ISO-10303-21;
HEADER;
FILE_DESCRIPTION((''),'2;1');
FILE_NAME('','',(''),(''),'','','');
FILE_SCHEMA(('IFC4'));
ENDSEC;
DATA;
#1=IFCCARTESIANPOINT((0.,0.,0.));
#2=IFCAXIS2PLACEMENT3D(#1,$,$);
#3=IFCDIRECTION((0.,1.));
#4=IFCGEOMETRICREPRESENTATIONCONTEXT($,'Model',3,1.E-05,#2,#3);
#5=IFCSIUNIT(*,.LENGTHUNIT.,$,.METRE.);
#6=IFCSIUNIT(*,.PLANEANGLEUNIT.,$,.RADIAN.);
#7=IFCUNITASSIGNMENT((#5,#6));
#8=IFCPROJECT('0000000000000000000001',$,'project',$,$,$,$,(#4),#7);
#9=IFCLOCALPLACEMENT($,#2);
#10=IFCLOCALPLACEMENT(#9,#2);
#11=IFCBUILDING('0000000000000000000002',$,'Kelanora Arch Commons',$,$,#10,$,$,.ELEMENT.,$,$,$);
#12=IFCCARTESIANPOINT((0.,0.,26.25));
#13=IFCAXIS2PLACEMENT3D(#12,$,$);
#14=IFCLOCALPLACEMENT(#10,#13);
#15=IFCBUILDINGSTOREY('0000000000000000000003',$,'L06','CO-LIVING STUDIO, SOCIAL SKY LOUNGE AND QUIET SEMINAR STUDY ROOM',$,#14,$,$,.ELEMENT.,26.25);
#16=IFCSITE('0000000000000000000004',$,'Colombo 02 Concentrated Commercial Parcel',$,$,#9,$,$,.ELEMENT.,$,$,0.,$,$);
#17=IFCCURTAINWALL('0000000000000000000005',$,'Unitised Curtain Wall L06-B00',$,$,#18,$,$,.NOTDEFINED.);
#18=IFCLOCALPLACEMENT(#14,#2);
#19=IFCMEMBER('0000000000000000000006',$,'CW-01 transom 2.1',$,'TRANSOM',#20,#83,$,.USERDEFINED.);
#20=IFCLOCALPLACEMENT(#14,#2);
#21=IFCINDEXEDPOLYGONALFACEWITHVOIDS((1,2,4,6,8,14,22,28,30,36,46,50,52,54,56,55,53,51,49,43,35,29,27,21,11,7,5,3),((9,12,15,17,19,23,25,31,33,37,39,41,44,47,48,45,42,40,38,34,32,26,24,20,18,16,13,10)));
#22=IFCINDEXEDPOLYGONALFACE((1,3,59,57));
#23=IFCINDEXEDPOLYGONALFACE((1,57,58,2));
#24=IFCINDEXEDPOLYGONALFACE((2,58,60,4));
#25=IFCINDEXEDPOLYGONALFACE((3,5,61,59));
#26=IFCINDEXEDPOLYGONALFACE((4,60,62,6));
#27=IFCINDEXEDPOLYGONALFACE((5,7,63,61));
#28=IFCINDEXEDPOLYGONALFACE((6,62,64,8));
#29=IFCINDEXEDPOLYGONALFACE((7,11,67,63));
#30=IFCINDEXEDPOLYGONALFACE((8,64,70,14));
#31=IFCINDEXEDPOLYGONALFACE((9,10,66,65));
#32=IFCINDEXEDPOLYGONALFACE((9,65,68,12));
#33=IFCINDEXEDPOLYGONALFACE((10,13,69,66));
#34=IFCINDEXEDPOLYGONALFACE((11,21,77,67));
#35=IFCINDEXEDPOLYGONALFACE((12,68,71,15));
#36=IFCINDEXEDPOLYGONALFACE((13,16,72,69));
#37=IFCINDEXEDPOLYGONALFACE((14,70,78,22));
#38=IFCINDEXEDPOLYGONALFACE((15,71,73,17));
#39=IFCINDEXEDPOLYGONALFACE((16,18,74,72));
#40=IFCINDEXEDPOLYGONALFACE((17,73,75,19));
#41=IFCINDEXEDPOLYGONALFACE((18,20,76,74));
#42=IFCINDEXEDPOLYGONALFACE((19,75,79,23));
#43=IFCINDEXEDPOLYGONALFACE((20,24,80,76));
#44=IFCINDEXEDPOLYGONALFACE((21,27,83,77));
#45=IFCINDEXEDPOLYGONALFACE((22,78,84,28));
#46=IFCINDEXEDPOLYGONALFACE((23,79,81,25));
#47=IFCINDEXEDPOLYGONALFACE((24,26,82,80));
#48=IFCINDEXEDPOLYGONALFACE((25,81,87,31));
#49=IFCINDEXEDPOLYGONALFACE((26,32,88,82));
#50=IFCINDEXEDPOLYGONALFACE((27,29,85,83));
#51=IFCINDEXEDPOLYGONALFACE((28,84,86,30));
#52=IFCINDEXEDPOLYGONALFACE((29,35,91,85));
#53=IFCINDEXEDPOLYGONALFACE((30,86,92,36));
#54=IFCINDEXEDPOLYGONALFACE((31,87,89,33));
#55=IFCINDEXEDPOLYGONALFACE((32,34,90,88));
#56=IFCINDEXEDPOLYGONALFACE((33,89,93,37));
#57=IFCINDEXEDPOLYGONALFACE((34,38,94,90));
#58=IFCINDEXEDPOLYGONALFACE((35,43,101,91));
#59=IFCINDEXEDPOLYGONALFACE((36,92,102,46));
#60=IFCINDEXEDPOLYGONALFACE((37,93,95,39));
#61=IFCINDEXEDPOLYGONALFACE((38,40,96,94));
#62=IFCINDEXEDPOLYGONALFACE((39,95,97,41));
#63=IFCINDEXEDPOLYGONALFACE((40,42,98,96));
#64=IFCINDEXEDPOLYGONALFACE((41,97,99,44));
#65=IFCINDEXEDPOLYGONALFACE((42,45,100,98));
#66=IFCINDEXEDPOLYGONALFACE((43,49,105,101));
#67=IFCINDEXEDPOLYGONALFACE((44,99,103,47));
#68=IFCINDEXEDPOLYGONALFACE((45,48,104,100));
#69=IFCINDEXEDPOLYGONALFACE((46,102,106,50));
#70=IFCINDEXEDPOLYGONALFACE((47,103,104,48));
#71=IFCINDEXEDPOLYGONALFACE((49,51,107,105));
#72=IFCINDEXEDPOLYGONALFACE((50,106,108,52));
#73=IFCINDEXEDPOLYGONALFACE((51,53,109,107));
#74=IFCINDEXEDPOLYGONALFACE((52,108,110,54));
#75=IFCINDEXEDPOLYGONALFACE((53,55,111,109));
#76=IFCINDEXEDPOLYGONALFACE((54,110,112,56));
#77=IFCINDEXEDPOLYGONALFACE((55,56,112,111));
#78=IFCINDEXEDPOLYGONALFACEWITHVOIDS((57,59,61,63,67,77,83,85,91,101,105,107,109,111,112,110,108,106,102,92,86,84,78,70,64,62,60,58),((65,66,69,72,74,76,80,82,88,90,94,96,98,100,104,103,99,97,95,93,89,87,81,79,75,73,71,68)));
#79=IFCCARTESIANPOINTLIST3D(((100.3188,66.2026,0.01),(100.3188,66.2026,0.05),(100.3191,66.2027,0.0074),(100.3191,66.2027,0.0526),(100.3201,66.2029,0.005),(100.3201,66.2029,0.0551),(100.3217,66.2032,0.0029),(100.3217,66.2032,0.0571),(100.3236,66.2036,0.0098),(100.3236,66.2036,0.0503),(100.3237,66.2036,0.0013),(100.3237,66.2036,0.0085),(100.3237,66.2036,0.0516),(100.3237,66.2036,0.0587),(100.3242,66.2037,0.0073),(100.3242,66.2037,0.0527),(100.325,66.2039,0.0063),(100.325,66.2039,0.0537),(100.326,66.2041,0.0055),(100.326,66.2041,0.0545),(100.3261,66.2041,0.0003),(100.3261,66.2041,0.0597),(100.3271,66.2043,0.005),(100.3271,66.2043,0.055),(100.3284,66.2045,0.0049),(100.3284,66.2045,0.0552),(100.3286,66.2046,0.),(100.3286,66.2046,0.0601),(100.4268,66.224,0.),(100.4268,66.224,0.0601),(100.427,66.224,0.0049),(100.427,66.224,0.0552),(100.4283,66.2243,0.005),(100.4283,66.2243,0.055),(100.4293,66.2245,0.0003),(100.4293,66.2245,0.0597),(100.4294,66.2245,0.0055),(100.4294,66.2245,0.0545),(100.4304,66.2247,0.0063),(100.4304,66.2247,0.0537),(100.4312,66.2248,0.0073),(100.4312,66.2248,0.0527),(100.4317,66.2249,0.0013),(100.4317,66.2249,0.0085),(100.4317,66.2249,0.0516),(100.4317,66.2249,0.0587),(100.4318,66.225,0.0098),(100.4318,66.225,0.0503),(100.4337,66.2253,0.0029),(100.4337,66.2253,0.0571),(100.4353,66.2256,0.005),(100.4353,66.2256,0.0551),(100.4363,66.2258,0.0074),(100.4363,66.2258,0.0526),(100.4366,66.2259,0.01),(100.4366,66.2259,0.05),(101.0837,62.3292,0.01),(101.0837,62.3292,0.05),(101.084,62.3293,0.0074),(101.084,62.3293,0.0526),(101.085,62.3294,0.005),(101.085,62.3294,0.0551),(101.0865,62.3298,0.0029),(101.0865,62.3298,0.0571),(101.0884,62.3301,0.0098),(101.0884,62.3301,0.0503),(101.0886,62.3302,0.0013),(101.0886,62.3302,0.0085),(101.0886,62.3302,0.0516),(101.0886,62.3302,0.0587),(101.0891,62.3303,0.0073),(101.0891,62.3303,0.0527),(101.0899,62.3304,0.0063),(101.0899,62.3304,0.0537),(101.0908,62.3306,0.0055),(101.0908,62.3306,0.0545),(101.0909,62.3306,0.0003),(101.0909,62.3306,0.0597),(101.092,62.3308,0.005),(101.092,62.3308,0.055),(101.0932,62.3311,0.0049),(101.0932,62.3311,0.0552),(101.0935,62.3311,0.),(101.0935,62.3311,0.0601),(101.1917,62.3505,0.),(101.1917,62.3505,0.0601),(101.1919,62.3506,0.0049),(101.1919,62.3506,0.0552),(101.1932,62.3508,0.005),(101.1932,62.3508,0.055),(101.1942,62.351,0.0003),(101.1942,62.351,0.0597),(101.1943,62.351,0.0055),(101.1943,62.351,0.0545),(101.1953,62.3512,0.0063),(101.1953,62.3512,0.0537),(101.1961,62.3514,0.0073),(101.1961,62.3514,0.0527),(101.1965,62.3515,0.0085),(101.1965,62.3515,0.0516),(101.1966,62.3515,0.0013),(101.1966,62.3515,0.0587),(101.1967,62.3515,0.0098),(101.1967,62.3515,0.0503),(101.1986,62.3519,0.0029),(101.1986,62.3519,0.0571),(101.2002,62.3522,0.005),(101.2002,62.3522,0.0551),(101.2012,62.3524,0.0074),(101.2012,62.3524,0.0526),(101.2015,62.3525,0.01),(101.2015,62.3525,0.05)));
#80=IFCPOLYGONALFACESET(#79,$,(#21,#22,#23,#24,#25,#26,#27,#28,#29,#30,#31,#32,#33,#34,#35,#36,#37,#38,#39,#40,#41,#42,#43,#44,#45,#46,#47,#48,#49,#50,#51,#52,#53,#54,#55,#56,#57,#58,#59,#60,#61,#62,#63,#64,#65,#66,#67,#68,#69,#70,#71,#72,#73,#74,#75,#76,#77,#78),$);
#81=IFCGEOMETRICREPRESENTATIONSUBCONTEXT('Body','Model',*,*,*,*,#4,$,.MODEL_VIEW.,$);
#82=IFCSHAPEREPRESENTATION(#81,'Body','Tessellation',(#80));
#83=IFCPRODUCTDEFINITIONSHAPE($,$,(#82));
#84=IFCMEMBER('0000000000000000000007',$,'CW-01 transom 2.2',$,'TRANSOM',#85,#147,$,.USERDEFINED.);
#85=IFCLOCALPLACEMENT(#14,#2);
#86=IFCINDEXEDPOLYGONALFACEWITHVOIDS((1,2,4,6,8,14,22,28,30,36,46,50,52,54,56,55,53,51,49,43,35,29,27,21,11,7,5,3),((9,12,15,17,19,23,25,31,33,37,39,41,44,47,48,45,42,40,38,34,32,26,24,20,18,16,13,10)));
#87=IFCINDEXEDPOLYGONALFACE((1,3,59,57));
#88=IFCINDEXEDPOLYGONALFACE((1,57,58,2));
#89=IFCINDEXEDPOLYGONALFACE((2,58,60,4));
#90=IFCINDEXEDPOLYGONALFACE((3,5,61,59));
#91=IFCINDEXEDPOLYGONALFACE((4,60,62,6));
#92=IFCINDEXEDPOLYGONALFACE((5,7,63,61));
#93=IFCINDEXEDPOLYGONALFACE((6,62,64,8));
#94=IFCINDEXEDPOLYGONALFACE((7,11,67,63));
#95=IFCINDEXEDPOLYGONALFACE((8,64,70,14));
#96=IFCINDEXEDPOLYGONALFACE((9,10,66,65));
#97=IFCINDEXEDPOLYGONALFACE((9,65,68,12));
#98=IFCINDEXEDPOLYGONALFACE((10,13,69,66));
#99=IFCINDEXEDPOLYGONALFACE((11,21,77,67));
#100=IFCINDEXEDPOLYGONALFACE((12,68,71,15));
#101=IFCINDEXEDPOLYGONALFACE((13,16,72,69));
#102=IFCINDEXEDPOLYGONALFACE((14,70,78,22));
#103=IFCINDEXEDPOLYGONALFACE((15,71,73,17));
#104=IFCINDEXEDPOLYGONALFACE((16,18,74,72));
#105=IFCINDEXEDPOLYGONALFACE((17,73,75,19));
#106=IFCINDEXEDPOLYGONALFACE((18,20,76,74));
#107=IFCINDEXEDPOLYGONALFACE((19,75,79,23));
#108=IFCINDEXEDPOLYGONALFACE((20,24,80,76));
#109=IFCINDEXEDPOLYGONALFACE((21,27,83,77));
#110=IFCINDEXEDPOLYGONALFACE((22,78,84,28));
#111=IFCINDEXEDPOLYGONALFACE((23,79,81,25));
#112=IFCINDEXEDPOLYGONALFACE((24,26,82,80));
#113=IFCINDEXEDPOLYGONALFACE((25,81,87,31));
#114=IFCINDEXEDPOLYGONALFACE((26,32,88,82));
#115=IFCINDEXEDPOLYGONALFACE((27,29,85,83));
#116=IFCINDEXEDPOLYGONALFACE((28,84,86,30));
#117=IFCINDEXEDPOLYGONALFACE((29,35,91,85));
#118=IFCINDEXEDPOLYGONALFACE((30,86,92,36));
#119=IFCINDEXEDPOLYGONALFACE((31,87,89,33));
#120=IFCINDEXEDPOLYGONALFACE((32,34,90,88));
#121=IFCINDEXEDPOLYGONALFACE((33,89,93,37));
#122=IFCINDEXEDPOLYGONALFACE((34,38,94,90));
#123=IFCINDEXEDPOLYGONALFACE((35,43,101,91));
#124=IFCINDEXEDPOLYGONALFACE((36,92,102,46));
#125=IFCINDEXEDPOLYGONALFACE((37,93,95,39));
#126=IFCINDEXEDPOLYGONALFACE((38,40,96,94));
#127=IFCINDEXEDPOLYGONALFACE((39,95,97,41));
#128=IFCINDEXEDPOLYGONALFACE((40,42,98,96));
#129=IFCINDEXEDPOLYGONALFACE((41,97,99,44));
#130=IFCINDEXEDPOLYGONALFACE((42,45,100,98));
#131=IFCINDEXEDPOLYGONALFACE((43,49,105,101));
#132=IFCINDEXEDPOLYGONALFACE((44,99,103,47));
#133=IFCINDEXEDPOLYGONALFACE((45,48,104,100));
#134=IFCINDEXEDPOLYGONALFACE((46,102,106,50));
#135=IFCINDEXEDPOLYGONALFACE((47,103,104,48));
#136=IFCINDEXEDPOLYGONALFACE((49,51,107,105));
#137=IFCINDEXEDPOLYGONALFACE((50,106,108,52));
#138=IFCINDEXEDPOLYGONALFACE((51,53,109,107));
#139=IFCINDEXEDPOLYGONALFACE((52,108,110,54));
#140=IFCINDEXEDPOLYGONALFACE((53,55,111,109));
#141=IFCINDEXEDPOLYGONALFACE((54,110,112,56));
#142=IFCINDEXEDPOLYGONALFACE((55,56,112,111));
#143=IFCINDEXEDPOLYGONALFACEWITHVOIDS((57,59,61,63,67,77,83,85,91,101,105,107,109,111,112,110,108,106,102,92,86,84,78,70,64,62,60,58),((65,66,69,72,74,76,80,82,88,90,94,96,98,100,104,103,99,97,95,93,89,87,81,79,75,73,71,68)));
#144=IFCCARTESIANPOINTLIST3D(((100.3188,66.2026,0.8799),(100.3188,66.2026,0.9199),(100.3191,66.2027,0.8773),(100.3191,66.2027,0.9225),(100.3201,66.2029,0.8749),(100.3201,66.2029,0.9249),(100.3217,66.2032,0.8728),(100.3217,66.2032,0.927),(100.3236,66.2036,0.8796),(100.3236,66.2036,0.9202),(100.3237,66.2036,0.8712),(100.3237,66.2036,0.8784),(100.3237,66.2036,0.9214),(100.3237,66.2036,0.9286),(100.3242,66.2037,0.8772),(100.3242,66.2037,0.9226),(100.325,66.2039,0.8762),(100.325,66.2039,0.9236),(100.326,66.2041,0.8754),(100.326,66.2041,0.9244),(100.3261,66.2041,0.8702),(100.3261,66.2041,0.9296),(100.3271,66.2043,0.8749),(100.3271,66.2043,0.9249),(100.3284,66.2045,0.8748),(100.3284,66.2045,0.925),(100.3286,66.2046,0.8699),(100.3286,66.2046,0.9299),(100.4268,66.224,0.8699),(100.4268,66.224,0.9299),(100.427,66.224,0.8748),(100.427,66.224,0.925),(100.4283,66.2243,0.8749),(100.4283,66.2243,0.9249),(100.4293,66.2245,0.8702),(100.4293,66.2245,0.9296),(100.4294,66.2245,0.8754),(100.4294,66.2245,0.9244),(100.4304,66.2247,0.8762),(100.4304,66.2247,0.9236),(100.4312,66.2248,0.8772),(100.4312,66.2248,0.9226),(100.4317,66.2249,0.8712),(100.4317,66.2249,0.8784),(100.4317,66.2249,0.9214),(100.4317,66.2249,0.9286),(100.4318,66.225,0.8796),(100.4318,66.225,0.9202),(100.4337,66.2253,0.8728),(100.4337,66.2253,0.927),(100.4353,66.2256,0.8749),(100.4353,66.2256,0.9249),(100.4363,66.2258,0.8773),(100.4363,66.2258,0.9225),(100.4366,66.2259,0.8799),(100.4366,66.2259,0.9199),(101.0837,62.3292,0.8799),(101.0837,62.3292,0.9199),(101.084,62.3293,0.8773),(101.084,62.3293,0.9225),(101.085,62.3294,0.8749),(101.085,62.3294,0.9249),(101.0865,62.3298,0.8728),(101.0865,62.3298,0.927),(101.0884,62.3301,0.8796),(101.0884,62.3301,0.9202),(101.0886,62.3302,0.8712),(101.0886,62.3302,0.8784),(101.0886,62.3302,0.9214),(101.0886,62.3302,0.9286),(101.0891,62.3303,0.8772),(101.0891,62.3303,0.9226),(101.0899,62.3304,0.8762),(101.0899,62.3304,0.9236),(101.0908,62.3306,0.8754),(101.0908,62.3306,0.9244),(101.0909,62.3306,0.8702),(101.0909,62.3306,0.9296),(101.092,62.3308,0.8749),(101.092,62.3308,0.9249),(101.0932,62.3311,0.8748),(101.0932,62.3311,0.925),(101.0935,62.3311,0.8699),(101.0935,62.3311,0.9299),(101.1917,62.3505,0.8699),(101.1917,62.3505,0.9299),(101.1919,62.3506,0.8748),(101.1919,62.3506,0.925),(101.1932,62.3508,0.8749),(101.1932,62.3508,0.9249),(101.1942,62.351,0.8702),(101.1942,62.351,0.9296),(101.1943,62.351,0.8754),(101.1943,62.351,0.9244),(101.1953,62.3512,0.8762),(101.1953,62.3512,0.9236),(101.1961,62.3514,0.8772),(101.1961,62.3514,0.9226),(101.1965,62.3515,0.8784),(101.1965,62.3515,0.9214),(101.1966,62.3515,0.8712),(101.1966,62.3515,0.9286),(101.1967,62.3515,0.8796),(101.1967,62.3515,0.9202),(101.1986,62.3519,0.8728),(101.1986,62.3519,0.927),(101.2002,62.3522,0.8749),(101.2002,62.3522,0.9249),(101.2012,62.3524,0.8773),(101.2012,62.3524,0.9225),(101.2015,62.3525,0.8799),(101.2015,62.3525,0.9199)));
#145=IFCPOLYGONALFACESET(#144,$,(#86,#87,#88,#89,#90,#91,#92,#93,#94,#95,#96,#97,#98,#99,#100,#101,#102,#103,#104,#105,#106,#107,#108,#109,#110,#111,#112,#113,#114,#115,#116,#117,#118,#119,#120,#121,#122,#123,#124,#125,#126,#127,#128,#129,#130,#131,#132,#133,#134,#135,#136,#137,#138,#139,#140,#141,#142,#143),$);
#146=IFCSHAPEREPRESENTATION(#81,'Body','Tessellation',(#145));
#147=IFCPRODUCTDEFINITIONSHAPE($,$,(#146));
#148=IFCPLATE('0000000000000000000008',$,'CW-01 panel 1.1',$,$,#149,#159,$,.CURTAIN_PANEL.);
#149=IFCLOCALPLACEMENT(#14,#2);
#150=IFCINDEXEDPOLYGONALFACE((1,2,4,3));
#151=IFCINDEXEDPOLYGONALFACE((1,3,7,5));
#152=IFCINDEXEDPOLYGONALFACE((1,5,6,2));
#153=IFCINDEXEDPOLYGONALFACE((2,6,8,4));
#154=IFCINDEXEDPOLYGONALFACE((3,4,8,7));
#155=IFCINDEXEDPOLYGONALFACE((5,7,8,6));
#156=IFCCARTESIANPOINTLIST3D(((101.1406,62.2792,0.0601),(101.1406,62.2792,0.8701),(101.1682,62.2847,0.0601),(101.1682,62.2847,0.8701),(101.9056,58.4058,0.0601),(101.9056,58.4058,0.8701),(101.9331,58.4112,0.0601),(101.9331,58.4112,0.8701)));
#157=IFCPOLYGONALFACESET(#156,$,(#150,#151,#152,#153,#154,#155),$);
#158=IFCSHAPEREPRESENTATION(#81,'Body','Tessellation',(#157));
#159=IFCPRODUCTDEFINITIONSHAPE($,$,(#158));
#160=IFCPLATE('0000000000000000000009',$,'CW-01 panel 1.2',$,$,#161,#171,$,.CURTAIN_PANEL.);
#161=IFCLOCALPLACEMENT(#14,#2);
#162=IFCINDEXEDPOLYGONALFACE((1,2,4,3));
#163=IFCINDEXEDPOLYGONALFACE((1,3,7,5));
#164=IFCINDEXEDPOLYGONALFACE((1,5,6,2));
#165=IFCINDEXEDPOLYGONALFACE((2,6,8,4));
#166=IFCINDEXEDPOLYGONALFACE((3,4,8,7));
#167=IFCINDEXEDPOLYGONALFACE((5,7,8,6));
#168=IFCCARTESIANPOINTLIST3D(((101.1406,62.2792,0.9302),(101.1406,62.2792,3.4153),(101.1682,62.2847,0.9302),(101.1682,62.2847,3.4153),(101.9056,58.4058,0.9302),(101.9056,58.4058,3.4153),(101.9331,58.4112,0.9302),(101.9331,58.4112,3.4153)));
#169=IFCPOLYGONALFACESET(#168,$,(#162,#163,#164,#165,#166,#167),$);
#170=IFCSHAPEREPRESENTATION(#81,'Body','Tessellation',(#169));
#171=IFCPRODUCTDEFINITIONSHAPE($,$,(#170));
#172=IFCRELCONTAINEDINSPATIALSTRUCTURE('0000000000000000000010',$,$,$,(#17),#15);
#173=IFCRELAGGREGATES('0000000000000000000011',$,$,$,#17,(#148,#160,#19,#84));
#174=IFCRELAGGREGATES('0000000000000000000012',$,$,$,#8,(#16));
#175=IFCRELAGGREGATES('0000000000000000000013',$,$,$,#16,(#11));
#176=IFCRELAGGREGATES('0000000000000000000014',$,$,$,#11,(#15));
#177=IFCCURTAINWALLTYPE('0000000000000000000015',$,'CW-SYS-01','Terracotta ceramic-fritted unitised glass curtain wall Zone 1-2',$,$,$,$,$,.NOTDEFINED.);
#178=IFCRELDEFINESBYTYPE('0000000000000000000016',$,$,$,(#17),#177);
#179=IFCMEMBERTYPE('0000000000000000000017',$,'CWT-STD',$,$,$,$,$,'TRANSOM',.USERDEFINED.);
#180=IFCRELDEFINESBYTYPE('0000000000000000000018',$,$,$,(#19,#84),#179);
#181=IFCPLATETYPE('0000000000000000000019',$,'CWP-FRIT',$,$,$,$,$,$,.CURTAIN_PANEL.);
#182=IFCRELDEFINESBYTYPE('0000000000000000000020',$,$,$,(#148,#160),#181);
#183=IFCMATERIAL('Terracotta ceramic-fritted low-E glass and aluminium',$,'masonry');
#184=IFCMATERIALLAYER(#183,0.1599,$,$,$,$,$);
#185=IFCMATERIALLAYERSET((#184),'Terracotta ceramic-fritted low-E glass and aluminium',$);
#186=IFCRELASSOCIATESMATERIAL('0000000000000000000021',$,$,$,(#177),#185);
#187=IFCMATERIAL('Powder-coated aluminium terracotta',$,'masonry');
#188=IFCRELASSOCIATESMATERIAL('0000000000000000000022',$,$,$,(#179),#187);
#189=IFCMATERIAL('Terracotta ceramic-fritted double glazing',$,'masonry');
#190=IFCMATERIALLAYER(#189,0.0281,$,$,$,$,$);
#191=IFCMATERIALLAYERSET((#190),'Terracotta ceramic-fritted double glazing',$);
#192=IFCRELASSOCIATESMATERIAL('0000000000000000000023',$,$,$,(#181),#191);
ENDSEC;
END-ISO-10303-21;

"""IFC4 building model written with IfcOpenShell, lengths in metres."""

from ifc_helpers import new_model, si_unit, direction, frame, origin, origin_2d, place, context, subcontext, project, spatial, rectangle, hollow_rectangle, extrude, source, transform, mapped, material, layer, layer_set, material_profile, profile_set, type_object, element, aggregate, save


model = new_model("IFC4")

# Units and contexts
model_context = context("Model", 3, precision=1e-05, world=origin(), true_north=direction((0.0, 1.0)))
body_context = subcontext(model_context, "Body", "Model", "MODEL_VIEW")
ifc_project = project(units=[si_unit("LENGTHUNIT", "METRE"), si_unit("PLANEANGLEUNIT", "RADIAN")], contexts=[model_context])

# Site, building, storey
site_placement = place(None, origin())
site = spatial("IfcSite", under=ifc_project, at=site_placement, Name="Colombo 02 Concentrated Commercial Parcel", CompositionType="ELEMENT", RefElevation=0.0)
building_placement = place(site_placement, origin())
building = spatial("IfcBuilding", under=site, at=building_placement, Name="Kelanora Arch Commons", CompositionType="ELEMENT")
storey_placement = place(building_placement, frame((0.0, 0.0, 26.25)))
storey = spatial("IfcBuildingStorey", under=building, at=storey_placement, Name="L06", Description="CO-LIVING STUDIO, SOCIAL SKY LOUNGE AND QUIET SEMINAR STUDY ROOM", CompositionType="ELEMENT", Elevation=26.25)

# Curtain wall, members, plates
ifc_material_1 = material(Name="Terracotta ceramic-fritted low-E glass and aluminium", Category="masonry")
ifc_layer_1 = layer(ifc_material_1, 0.1599)
ifc_layer_set_1 = layer_set([ifc_layer_1], Name="Terracotta ceramic-fritted low-E glass and aluminium")
curtain_wall_type = type_object("IfcCurtainWallType", Name="CW-SYS-01", Description="Terracotta ceramic-fritted unitised glass curtain wall Zone 1-2", PredefinedType="NOTDEFINED", material=ifc_layer_set_1)
curtain_wall_placement = place(storey_placement, origin())
curtain_wall = element("IfcCurtainWall", 1, at=curtain_wall_placement, inside=storey, type_object=curtain_wall_type, Name="Unitised Curtain Wall L06-B00", PredefinedType="NOTDEFINED")
ifc_material_2 = material(Name="Powder-coated aluminium terracotta", Category="masonry")
ifc_material_profile_1 = material_profile(ifc_material_2, hollow_rectangle(XDim=0.1201, YDim=0.0601, WallThickness=0.0049, InnerFilletRadius=0.0049, OuterFilletRadius=0.01, at=origin_2d()), Name="CWT120x60")
ifc_profile_set_1 = profile_set([ifc_material_profile_1], Name="Powder-coated aluminium terracotta")
member_type_1 = type_object("IfcMemberType", Name="CWT-STD", ElementType="TRANSOM", PredefinedType="USERDEFINED", material=ifc_profile_set_1)
member_1_placement = place(storey_placement, frame((101.1426, 62.3408, 0.03), z_axis=(-0.193725, 0.981056, 0.0), x_axis=(-0.981056, -0.193725, 0.0)))
member_1 = element("IfcMember", 2, at=member_1_placement, type_object=member_type_1, Name="CW-01 transom 2.1", ObjectType="TRANSOM", PredefinedType="USERDEFINED", context=body_context, shape_type="SweptSolid", body=[
    extrude(hollow_rectangle(XDim=0.1201, YDim=0.0601, WallThickness=0.0049, InnerFilletRadius=0.0049, OuterFilletRadius=0.01, at=origin_2d()), origin(), (0.0, 0.0, 1.0), 3.9482),
])
member_2_placement = place(storey_placement, frame((101.1426, 62.3408, 0.8999), z_axis=(-0.193725, 0.981056, 0.0), x_axis=(-0.981056, -0.193725, 0.0)))
member_2 = element("IfcMember", 3, at=member_2_placement, type_object=member_type_1, Name="CW-01 transom 2.2", ObjectType="TRANSOM", PredefinedType="USERDEFINED", context=body_context, shape_type="SweptSolid", body=[
    extrude(hollow_rectangle(XDim=0.1201, YDim=0.0601, WallThickness=0.0049, InnerFilletRadius=0.0049, OuterFilletRadius=0.01, at=origin_2d()), origin(), (0.0, 0.0, 1.0), 3.9482),
])
ifc_material_3 = material(Name="Terracotta ceramic-fritted double glazing", Category="masonry")
ifc_layer_2 = layer(ifc_material_3, 0.0281)
ifc_layer_set_2 = layer_set([ifc_layer_2], Name="Terracotta ceramic-fritted double glazing")
plate_type = type_object("IfcPlateType", Name="CWP-FRIT", PredefinedType="CURTAIN_PANEL", material=ifc_layer_set_2)
shared_shape_1 = source(origin(), body_context, "Body", "SweptSolid", [
    extrude(rectangle(XDim=3.9482, YDim=0.0281, at=origin_2d()), origin(), (0.0, 0.0, 1.0), 0.8101),
])
plate_1_placement = place(storey_placement, frame((101.5369, 60.3452, 0.0601), z_axis=(0.0, 0.0, 1.0), x_axis=(-0.193744, 0.981052, 0.0)))
plate_1 = element("IfcPlate", 4, at=plate_1_placement, type_object=plate_type, Name="CW-01 panel 1.1", PredefinedType="CURTAIN_PANEL", context=body_context, shape_type="MappedRepresentation", body=[
    mapped(shared_shape_1, transform((0.0, 0.0, 0.0), scale=1.0)),
])
shared_shape_2 = source(origin(), body_context, "Body", "SweptSolid", [
    extrude(rectangle(XDim=3.9482, YDim=0.0281, at=origin_2d()), origin(), (0.0, 0.0, 1.0), 2.4851),
])
plate_2_placement = place(storey_placement, frame((101.5369, 60.3452, 0.9302), z_axis=(0.0, 0.0, 1.0), x_axis=(-0.193744, 0.981052, 0.0)))
plate_2 = element("IfcPlate", 5, at=plate_2_placement, type_object=plate_type, Name="CW-01 panel 1.2", PredefinedType="CURTAIN_PANEL", context=body_context, shape_type="MappedRepresentation", body=[
    mapped(shared_shape_2, transform((0.0, 0.0, 0.0), scale=1.0)),
])
aggregate(curtain_wall, [plate_1, plate_2, member_1, member_2])

save(model, "model.ifc")
